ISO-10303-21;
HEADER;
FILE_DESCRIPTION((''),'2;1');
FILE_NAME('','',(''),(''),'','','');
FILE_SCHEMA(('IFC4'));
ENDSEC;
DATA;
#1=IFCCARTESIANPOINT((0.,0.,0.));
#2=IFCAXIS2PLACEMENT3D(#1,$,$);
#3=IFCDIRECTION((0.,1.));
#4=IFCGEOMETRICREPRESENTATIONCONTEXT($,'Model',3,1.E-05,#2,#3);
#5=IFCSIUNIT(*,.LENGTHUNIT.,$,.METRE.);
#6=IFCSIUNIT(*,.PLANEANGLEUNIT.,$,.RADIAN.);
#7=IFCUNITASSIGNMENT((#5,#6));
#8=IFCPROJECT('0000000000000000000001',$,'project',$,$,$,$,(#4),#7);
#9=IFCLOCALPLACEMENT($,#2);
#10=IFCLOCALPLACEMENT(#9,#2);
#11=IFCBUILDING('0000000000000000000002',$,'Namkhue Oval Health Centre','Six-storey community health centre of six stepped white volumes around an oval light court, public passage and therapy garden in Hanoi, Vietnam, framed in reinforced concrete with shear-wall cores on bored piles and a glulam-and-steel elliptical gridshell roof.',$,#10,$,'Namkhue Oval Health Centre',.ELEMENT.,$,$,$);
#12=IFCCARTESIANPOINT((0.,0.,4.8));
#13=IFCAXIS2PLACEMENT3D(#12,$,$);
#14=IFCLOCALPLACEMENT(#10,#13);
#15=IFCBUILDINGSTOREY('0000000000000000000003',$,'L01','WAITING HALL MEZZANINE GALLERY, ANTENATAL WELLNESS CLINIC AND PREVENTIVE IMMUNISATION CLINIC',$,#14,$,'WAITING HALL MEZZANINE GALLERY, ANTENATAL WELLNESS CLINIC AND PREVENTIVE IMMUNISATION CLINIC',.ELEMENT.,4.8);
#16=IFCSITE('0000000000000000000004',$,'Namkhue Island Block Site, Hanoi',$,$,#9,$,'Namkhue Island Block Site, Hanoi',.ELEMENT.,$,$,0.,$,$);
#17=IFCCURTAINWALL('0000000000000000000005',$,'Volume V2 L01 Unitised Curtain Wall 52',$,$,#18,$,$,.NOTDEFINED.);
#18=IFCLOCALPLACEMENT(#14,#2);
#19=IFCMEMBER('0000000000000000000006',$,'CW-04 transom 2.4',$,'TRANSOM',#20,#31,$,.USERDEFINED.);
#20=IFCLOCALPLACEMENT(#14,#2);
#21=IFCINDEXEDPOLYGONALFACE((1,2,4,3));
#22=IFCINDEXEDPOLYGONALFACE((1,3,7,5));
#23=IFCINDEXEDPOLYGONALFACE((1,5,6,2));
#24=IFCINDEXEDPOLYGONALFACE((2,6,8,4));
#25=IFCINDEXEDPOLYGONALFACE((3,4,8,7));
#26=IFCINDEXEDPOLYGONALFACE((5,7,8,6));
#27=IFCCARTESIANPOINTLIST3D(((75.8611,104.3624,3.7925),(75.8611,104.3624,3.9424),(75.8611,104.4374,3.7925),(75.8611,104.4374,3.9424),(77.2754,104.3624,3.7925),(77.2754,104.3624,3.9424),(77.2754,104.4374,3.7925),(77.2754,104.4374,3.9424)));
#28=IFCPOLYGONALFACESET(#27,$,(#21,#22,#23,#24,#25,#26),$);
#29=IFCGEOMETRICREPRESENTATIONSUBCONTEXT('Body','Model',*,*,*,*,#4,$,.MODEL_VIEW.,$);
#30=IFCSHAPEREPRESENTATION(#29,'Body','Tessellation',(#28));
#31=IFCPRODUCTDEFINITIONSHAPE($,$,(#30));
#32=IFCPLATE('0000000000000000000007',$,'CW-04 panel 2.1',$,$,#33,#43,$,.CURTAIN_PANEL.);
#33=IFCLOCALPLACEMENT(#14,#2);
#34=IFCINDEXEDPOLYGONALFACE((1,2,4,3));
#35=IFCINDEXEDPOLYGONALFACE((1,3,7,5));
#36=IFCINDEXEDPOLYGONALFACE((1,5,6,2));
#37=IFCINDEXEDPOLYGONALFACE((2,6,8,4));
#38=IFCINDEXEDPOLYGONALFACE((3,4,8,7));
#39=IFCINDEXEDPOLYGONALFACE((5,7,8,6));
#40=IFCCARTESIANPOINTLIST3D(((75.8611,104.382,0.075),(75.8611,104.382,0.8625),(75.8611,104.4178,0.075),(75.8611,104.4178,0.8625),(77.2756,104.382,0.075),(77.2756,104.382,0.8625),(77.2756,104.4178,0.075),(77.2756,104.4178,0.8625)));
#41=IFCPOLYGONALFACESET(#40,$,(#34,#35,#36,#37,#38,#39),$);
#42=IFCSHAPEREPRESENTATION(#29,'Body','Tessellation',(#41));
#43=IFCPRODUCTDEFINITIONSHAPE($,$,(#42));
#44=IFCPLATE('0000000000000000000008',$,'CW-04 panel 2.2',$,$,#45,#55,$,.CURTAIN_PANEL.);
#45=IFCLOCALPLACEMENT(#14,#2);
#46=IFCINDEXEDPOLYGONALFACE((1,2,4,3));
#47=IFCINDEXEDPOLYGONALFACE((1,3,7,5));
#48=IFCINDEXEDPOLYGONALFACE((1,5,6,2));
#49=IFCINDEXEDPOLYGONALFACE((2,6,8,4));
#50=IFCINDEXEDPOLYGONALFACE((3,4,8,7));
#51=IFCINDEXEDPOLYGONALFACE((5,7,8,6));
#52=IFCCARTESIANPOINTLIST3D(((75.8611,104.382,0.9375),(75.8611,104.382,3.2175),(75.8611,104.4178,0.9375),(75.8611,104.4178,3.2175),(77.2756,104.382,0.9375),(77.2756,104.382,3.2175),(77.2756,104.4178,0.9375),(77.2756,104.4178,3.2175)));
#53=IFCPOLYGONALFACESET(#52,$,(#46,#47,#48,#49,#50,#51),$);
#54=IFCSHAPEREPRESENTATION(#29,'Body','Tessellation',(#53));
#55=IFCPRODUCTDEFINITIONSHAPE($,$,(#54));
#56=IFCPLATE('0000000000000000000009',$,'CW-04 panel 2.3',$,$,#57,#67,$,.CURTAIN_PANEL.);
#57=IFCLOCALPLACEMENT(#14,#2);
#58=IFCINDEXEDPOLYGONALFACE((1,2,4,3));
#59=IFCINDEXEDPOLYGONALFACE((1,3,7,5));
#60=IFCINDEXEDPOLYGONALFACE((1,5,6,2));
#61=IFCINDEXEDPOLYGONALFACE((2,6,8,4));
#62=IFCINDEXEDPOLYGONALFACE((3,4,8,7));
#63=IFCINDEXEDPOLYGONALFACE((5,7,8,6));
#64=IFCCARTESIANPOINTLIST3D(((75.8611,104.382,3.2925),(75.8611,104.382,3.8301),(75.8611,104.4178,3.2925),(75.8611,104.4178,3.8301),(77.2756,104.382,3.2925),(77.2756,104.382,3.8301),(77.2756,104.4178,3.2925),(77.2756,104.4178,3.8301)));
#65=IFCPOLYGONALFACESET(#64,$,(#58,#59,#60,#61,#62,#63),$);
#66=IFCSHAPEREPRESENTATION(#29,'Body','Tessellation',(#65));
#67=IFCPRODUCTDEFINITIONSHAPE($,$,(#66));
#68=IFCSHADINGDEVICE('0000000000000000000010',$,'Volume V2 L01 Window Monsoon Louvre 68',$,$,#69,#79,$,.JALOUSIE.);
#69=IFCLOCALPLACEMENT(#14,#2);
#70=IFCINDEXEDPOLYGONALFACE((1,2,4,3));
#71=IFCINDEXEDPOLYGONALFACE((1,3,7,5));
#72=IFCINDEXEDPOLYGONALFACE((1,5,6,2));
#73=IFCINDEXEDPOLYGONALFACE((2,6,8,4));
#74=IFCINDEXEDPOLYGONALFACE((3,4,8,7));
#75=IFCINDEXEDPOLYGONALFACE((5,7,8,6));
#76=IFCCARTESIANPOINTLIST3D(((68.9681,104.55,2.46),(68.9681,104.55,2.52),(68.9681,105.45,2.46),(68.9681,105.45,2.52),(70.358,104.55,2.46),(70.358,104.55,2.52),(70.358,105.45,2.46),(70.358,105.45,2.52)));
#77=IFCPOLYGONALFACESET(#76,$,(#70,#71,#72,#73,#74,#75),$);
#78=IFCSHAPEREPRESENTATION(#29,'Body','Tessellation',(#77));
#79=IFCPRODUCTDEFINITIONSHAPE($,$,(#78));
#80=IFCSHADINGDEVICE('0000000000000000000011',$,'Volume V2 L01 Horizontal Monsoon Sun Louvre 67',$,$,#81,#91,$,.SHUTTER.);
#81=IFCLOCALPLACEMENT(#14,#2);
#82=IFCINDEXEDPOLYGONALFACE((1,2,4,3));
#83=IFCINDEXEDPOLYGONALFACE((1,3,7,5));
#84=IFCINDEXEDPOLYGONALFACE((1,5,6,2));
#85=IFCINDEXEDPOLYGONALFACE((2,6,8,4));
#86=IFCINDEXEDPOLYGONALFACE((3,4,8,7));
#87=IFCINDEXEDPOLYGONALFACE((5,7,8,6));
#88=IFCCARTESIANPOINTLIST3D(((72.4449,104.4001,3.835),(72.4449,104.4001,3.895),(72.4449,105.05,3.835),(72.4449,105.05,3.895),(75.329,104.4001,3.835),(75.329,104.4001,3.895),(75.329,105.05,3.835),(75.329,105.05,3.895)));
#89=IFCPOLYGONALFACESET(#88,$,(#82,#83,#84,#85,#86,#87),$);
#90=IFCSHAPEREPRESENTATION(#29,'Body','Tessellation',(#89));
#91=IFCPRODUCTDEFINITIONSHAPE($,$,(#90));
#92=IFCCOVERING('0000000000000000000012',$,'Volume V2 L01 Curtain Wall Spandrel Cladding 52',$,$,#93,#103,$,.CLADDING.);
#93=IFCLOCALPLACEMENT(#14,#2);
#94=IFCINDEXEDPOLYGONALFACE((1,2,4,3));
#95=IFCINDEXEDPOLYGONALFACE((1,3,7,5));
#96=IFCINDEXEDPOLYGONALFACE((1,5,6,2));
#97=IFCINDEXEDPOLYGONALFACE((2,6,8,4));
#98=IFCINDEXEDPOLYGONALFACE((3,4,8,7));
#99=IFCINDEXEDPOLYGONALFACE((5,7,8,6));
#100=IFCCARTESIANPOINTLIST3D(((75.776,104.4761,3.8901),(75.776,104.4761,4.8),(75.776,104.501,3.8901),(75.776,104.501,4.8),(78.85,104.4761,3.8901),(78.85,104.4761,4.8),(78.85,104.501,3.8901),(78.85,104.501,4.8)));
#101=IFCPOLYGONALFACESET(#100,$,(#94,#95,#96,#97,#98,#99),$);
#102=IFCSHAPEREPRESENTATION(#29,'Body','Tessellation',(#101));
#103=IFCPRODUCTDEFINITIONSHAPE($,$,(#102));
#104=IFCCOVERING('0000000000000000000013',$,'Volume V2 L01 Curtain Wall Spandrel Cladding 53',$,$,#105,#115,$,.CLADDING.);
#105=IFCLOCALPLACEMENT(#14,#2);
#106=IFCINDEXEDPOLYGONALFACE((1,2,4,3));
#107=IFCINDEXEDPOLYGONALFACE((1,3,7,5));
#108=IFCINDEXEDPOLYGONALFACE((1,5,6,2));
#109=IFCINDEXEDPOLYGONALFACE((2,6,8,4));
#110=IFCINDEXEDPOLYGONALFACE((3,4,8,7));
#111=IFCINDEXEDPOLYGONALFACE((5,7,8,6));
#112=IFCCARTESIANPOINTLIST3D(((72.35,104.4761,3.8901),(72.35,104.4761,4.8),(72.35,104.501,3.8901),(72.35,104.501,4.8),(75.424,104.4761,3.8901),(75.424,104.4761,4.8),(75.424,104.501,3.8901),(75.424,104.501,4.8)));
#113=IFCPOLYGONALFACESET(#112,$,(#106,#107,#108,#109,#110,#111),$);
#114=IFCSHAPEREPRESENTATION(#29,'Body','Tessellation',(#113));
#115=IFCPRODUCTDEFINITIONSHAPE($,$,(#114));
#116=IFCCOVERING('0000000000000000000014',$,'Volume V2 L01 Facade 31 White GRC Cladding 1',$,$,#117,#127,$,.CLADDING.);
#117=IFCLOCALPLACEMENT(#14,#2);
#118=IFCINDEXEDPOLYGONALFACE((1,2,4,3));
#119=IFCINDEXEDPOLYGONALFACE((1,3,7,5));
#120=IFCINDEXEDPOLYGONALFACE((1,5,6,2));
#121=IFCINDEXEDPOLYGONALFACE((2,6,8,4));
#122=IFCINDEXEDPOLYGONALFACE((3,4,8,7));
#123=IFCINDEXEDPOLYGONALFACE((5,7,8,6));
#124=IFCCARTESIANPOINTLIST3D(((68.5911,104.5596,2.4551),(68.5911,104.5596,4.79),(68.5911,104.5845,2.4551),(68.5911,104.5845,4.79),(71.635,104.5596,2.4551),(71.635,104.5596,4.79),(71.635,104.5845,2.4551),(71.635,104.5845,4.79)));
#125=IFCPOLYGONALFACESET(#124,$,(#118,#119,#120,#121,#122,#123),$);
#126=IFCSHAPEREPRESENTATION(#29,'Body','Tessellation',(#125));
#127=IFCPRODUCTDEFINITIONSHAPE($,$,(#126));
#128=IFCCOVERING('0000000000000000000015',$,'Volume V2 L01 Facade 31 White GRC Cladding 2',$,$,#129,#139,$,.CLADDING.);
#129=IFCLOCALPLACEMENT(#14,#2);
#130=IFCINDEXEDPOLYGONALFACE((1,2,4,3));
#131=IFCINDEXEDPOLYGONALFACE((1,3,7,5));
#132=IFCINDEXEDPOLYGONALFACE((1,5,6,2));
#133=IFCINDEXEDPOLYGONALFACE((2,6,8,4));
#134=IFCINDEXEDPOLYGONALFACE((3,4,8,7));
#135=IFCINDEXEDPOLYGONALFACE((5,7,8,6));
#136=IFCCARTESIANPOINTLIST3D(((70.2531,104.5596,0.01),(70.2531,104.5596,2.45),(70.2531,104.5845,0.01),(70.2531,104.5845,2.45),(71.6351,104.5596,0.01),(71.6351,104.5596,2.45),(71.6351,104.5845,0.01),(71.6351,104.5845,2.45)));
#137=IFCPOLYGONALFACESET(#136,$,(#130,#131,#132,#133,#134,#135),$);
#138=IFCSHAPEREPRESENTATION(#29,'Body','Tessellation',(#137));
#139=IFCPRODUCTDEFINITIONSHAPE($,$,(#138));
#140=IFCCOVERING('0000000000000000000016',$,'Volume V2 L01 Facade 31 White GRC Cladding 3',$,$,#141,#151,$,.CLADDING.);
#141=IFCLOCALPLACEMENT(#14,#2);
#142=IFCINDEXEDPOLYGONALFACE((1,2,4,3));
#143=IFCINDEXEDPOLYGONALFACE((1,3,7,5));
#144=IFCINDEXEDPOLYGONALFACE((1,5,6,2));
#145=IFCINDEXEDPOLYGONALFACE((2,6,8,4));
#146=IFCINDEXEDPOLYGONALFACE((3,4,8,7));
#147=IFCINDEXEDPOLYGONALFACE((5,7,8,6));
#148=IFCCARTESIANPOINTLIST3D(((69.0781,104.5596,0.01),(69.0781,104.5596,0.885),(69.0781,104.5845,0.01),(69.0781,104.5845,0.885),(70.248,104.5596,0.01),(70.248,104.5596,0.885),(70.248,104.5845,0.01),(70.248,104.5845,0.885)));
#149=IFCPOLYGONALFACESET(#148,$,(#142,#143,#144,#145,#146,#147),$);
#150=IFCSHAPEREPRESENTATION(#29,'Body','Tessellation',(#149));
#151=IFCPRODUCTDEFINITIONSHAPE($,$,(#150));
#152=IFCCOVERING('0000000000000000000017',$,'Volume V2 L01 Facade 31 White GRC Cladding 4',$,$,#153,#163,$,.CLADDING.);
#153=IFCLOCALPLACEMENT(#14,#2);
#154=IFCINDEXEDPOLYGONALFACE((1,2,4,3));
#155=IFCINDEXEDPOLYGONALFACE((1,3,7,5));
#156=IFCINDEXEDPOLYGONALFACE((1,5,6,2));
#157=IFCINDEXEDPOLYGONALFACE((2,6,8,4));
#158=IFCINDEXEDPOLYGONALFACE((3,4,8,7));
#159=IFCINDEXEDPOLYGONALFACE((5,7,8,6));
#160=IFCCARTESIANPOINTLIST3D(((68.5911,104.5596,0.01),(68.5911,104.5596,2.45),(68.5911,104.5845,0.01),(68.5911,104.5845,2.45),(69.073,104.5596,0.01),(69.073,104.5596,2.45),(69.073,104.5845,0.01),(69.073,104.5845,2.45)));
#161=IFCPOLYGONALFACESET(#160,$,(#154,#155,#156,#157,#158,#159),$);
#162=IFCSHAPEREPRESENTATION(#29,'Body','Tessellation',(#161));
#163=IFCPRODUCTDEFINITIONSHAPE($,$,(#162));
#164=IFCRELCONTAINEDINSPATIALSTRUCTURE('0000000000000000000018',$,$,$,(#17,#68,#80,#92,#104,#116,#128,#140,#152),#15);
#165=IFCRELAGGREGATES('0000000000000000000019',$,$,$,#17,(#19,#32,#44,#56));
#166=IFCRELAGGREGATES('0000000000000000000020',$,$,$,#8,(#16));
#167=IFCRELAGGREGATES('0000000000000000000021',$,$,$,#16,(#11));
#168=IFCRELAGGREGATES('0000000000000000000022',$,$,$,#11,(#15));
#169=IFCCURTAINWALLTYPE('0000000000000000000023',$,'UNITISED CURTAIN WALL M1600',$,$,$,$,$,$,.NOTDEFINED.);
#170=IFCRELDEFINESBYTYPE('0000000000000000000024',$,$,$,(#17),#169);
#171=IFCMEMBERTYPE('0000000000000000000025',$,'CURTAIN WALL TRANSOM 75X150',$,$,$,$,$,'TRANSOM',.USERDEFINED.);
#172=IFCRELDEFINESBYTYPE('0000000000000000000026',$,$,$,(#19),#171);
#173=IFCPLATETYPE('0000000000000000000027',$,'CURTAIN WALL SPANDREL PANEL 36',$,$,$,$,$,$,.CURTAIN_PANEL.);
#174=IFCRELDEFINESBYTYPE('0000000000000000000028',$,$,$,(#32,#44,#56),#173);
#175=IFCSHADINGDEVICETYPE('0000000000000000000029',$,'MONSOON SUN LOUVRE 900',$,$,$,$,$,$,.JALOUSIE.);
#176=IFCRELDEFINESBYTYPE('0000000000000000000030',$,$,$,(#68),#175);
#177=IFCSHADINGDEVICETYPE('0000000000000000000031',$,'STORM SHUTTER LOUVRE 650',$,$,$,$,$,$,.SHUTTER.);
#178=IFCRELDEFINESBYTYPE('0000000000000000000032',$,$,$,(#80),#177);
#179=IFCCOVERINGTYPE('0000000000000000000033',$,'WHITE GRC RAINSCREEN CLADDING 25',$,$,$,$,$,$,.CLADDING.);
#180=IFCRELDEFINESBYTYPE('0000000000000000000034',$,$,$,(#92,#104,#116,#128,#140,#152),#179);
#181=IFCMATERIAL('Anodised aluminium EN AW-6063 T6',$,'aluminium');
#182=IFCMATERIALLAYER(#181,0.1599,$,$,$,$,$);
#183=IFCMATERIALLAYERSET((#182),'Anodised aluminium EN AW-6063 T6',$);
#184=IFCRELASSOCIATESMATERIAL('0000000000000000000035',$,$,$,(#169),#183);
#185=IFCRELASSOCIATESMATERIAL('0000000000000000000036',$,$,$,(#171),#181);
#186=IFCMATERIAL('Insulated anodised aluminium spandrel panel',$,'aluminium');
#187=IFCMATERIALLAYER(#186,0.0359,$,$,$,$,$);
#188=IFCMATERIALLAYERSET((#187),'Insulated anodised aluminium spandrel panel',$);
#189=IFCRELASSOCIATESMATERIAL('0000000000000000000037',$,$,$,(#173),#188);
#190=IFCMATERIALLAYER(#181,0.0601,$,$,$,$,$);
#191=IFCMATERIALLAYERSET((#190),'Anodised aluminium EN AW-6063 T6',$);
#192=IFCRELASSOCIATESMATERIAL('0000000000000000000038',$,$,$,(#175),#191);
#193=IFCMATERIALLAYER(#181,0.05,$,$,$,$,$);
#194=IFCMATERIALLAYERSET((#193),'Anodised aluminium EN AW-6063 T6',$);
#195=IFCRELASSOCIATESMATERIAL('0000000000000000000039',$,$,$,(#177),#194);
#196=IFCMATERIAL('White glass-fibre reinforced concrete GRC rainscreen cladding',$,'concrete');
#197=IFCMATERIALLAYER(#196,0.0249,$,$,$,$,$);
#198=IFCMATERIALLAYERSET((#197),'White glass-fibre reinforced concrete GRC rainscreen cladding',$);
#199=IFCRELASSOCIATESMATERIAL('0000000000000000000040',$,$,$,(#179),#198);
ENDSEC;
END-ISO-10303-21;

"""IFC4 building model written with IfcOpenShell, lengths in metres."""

from ifc_helpers import new_model, si_unit, direction, frame, origin, origin_2d, place, context, subcontext, project, spatial, rectangle, extrude, material, layer, layer_set, material_profile, profile_set, type_object, element, aggregate, save


model = new_model("IFC4")

# Units and contexts
model_context = context("Model", 3, precision=1e-05, world=origin(), true_north=direction((0.0, 1.0)))
body_context = subcontext(model_context, "Body", "Model", "MODEL_VIEW")
ifc_project = project(units=[si_unit("LENGTHUNIT", "METRE"), si_unit("PLANEANGLEUNIT", "RADIAN")], contexts=[model_context])

# Site, building, storey
site_placement = place(None, origin())
site = spatial("IfcSite", under=ifc_project, at=site_placement, Name="Namkhue Island Block Site, Hanoi", LongName="Namkhue Island Block Site, Hanoi", CompositionType="ELEMENT", RefElevation=0.0)
building_placement = place(site_placement, origin())
building = spatial("IfcBuilding", under=site, at=building_placement, Name="Namkhue Oval Health Centre", Description="Six-storey community health centre of six stepped white volumes around an oval light court, public passage and therapy garden in Hanoi, Vietnam, framed in reinforced concrete with shear-wall cores on bored piles and a glulam-and-steel elliptical gridshell roof.", LongName="Namkhue Oval Health Centre", CompositionType="ELEMENT")
storey_placement = place(building_placement, frame((0.0, 0.0, 4.8)))
storey = spatial("IfcBuildingStorey", under=building, at=storey_placement, Name="L01", Description="WAITING HALL MEZZANINE GALLERY, ANTENATAL WELLNESS CLINIC AND PREVENTIVE IMMUNISATION CLINIC", LongName="WAITING HALL MEZZANINE GALLERY, ANTENATAL WELLNESS CLINIC AND PREVENTIVE IMMUNISATION CLINIC", CompositionType="ELEMENT", Elevation=4.8)

# Shared definitions
ifc_material_1 = material(Name="Anodised aluminium EN AW-6063 T6", Category="aluminium")

# Curtain wall
ifc_layer_1 = layer(ifc_material_1, 0.1599)
ifc_layer_set_1 = layer_set([ifc_layer_1], Name="Anodised aluminium EN AW-6063 T6")
curtain_wall_type_1 = type_object("IfcCurtainWallType", Name="UNITISED CURTAIN WALL M1600", PredefinedType="NOTDEFINED", material=ifc_layer_set_1)
curtain_wall_1_placement = place(storey_placement, origin())
curtain_wall_1 = element("IfcCurtainWall", 1, at=curtain_wall_1_placement, inside=storey, type_object=curtain_wall_type_1, Name="Volume V2 L01 Unitised Curtain Wall 52", PredefinedType="NOTDEFINED")

# Member
ifc_material_profile_1 = material_profile(ifc_material_1, rectangle(XDim=0.075, YDim=0.1499, at=origin_2d()), Name="ALU 75x150")
ifc_profile_set_1 = profile_set([ifc_material_profile_1], Name="Anodised aluminium EN AW-6063 T6")
member_type_1 = type_object("IfcMemberType", Name="CURTAIN WALL TRANSOM 75X150", ElementType="TRANSOM", PredefinedType="USERDEFINED", material=ifc_profile_set_1)
member_1_placement = place(storey_placement, frame((77.2754, 104.3999, 3.8674), z_axis=(-1.0, 0.0, 0.0), x_axis=(0.0, -1.0, 0.0)))
member_1 = element("IfcMember", 2, at=member_1_placement, type_object=member_type_1, Name="CW-04 transom 2.4", ObjectType="TRANSOM", PredefinedType="USERDEFINED", context=body_context, shape_type="SweptSolid", body=[
    extrude(rectangle(XDim=0.075, YDim=0.1499, at=origin_2d()), origin(), (0.0, 0.0, 1.0), 1.4143),
])

# Plates
ifc_material_2 = material(Name="Insulated anodised aluminium spandrel panel", Category="aluminium")
ifc_layer_2 = layer(ifc_material_2, 0.0359)
ifc_layer_set_2 = layer_set([ifc_layer_2], Name="Insulated anodised aluminium spandrel panel")
plate_type = type_object("IfcPlateType", Name="CURTAIN WALL SPANDREL PANEL 36", PredefinedType="CURTAIN_PANEL", material=ifc_layer_set_2)
plate_1_placement = place(storey_placement, frame((76.5684, 104.3999, 0.075), z_axis=(0.0, 0.0, 1.0), x_axis=(-1.0, 0.0, 0.0)))
plate_1 = element("IfcPlate", 3, at=plate_1_placement, type_object=plate_type, Name="CW-04 panel 2.1", PredefinedType="CURTAIN_PANEL", context=body_context, shape_type="SweptSolid", body=[
    extrude(rectangle(XDim=1.4146, YDim=0.0359, at=origin_2d()), origin(), (0.0, 0.0, 1.0), 0.7876),
])
plate_2_placement = place(storey_placement, frame((76.5684, 104.3999, 0.9375), z_axis=(0.0, 0.0, 1.0), x_axis=(-1.0, 0.0, 0.0)))
plate_2 = element("IfcPlate", 4, at=plate_2_placement, type_object=plate_type, Name="CW-04 panel 2.2", PredefinedType="CURTAIN_PANEL", context=body_context, shape_type="SweptSolid", body=[
    extrude(rectangle(XDim=1.4146, YDim=0.0359, at=origin_2d()), origin(), (0.0, 0.0, 1.0), 2.28),
])
plate_3_placement = place(storey_placement, frame((76.5684, 104.3999, 3.2925), z_axis=(0.0, 0.0, 1.0), x_axis=(-1.0, 0.0, 0.0)))
plate_3 = element("IfcPlate", 5, at=plate_3_placement, type_object=plate_type, Name="CW-04 panel 2.3", PredefinedType="CURTAIN_PANEL", context=body_context, shape_type="SweptSolid", body=[
    extrude(rectangle(XDim=1.4146, YDim=0.0359, at=origin_2d()), origin(), (0.0, 0.0, 1.0), 0.5376),
])
aggregate(curtain_wall_1, [member_1, plate_1, plate_2, plate_3])

# Shading devices
ifc_layer_3 = layer(ifc_material_1, 0.0601)
ifc_layer_set_3 = layer_set([ifc_layer_3], Name="Anodised aluminium EN AW-6063 T6")
shading_device_type_1 = type_object("IfcShadingDeviceType", Name="MONSOON SUN LOUVRE 900", PredefinedType="JALOUSIE", material=ifc_layer_set_3)
shading_device_1_placement = place(storey_placement, frame((69.6631, 105.0, 2.46), z_axis=(0.0, 0.0, 1.0), x_axis=(-1.0, 0.0, 0.0)))
element("IfcShadingDevice", 6, at=shading_device_1_placement, inside=storey, type_object=shading_device_type_1, Name="Volume V2 L01 Window Monsoon Louvre 68", PredefinedType="JALOUSIE", context=body_context, shape_type="SweptSolid", body=[
    extrude(rectangle(XDim=1.3899, YDim=0.8999, at=origin_2d()), origin(), (0.0, 0.0, 1.0), 0.0601),
])
ifc_layer_4 = layer(ifc_material_1, 0.05)
ifc_layer_set_4 = layer_set([ifc_layer_4], Name="Anodised aluminium EN AW-6063 T6")
shading_device_type_2 = type_object("IfcShadingDeviceType", Name="STORM SHUTTER LOUVRE 650", PredefinedType="SHUTTER", material=ifc_layer_set_4)
shading_device_2_placement = place(storey_placement, frame((73.887, 104.7251, 3.835), z_axis=(0.0, 0.0, 1.0), x_axis=(-1.0, 0.0, 0.0)))
element("IfcShadingDevice", 7, at=shading_device_2_placement, inside=storey, type_object=shading_device_type_2, Name="Volume V2 L01 Horizontal Monsoon Sun Louvre 67", PredefinedType="SHUTTER", context=body_context, shape_type="SweptSolid", body=[
    extrude(rectangle(XDim=2.884, YDim=0.6499, at=origin_2d()), origin(), (0.0, 0.0, 1.0), 0.0601),
])

# Coverings
ifc_material_3 = material(Name="White glass-fibre reinforced concrete GRC rainscreen cladding", Category="concrete")
ifc_layer_5 = layer(ifc_material_3, 0.0249)
ifc_layer_set_5 = layer_set([ifc_layer_5], Name="White glass-fibre reinforced concrete GRC rainscreen cladding")
covering_type = type_object("IfcCoveringType", Name="WHITE GRC RAINSCREEN CLADDING 25", PredefinedType="CLADDING", material=ifc_layer_set_5)
for number, where, z_axis, x_axis, name in (
    (8, (77.313, 104.4885, 3.8901), (0.0, 0.0, 1.0), (-1.0, 0.0, 0.0), "Volume V2 L01 Curtain Wall Spandrel Cladding 52"),
    (9, (73.887, 104.4885, 3.8901), (0.0, 0.0, 1.0), (-1.0, 0.0, 0.0), "Volume V2 L01 Curtain Wall Spandrel Cladding 53"),
):
    element("IfcCovering", number, at=place(storey_placement, frame(where, z_axis=z_axis, x_axis=x_axis)), inside=storey, type_object=covering_type, Name=name, PredefinedType="CLADDING", context=body_context, shape_type="SweptSolid", body=[
        extrude(rectangle(XDim=3.074, YDim=0.0249, at=origin_2d()), origin(), (0.0, 0.0, 1.0), 0.9099),
    ])
covering_1_placement = place(storey_placement, frame((70.113, 104.572, 2.4551), z_axis=(0.0, 0.0, 1.0), x_axis=(-1.0, 0.0, 0.0)))
element("IfcCovering", 10, at=covering_1_placement, inside=storey, type_object=covering_type, Name="Volume V2 L01 Facade 31 White GRC Cladding 1", PredefinedType="CLADDING", context=body_context, shape_type="SweptSolid", body=[
    extrude(rectangle(XDim=3.0439, YDim=0.0249, at=origin_2d()), origin(), (0.0, 0.0, 1.0), 2.335),
])
covering_2_placement = place(storey_placement, frame((70.9441, 104.572, 0.01), z_axis=(0.0, 0.0, 1.0), x_axis=(-1.0, 0.0, 0.0)))
element("IfcCovering", 11, at=covering_2_placement, inside=storey, type_object=covering_type, Name="Volume V2 L01 Facade 31 White GRC Cladding 2", PredefinedType="CLADDING", context=body_context, shape_type="SweptSolid", body=[
    extrude(rectangle(XDim=1.3821, YDim=0.0249, at=origin_2d()), origin(), (0.0, 0.0, 1.0), 2.4399),
])
covering_3_placement = place(storey_placement, frame((69.6631, 104.572, 0.01), z_axis=(0.0, 0.0, 1.0), x_axis=(-1.0, 0.0, 0.0)))
element("IfcCovering", 12, at=covering_3_placement, inside=storey, type_object=covering_type, Name="Volume V2 L01 Facade 31 White GRC Cladding 3", PredefinedType="CLADDING", context=body_context, shape_type="SweptSolid", body=[
    extrude(rectangle(XDim=1.1699, YDim=0.0249, at=origin_2d()), origin(), (0.0, 0.0, 1.0), 0.875),
])
covering_4_placement = place(storey_placement, frame((68.832, 104.572, 0.01), z_axis=(0.0, 0.0, 1.0), x_axis=(-1.0, 0.0, 0.0)))
element("IfcCovering", 13, at=covering_4_placement, inside=storey, type_object=covering_type, Name="Volume V2 L01 Facade 31 White GRC Cladding 4", PredefinedType="CLADDING", context=body_context, shape_type="SweptSolid", body=[
    extrude(rectangle(XDim=0.4819, YDim=0.0249, at=origin_2d()), origin(), (0.0, 0.0, 1.0), 2.4399),
])

save(model, "model.ifc")
